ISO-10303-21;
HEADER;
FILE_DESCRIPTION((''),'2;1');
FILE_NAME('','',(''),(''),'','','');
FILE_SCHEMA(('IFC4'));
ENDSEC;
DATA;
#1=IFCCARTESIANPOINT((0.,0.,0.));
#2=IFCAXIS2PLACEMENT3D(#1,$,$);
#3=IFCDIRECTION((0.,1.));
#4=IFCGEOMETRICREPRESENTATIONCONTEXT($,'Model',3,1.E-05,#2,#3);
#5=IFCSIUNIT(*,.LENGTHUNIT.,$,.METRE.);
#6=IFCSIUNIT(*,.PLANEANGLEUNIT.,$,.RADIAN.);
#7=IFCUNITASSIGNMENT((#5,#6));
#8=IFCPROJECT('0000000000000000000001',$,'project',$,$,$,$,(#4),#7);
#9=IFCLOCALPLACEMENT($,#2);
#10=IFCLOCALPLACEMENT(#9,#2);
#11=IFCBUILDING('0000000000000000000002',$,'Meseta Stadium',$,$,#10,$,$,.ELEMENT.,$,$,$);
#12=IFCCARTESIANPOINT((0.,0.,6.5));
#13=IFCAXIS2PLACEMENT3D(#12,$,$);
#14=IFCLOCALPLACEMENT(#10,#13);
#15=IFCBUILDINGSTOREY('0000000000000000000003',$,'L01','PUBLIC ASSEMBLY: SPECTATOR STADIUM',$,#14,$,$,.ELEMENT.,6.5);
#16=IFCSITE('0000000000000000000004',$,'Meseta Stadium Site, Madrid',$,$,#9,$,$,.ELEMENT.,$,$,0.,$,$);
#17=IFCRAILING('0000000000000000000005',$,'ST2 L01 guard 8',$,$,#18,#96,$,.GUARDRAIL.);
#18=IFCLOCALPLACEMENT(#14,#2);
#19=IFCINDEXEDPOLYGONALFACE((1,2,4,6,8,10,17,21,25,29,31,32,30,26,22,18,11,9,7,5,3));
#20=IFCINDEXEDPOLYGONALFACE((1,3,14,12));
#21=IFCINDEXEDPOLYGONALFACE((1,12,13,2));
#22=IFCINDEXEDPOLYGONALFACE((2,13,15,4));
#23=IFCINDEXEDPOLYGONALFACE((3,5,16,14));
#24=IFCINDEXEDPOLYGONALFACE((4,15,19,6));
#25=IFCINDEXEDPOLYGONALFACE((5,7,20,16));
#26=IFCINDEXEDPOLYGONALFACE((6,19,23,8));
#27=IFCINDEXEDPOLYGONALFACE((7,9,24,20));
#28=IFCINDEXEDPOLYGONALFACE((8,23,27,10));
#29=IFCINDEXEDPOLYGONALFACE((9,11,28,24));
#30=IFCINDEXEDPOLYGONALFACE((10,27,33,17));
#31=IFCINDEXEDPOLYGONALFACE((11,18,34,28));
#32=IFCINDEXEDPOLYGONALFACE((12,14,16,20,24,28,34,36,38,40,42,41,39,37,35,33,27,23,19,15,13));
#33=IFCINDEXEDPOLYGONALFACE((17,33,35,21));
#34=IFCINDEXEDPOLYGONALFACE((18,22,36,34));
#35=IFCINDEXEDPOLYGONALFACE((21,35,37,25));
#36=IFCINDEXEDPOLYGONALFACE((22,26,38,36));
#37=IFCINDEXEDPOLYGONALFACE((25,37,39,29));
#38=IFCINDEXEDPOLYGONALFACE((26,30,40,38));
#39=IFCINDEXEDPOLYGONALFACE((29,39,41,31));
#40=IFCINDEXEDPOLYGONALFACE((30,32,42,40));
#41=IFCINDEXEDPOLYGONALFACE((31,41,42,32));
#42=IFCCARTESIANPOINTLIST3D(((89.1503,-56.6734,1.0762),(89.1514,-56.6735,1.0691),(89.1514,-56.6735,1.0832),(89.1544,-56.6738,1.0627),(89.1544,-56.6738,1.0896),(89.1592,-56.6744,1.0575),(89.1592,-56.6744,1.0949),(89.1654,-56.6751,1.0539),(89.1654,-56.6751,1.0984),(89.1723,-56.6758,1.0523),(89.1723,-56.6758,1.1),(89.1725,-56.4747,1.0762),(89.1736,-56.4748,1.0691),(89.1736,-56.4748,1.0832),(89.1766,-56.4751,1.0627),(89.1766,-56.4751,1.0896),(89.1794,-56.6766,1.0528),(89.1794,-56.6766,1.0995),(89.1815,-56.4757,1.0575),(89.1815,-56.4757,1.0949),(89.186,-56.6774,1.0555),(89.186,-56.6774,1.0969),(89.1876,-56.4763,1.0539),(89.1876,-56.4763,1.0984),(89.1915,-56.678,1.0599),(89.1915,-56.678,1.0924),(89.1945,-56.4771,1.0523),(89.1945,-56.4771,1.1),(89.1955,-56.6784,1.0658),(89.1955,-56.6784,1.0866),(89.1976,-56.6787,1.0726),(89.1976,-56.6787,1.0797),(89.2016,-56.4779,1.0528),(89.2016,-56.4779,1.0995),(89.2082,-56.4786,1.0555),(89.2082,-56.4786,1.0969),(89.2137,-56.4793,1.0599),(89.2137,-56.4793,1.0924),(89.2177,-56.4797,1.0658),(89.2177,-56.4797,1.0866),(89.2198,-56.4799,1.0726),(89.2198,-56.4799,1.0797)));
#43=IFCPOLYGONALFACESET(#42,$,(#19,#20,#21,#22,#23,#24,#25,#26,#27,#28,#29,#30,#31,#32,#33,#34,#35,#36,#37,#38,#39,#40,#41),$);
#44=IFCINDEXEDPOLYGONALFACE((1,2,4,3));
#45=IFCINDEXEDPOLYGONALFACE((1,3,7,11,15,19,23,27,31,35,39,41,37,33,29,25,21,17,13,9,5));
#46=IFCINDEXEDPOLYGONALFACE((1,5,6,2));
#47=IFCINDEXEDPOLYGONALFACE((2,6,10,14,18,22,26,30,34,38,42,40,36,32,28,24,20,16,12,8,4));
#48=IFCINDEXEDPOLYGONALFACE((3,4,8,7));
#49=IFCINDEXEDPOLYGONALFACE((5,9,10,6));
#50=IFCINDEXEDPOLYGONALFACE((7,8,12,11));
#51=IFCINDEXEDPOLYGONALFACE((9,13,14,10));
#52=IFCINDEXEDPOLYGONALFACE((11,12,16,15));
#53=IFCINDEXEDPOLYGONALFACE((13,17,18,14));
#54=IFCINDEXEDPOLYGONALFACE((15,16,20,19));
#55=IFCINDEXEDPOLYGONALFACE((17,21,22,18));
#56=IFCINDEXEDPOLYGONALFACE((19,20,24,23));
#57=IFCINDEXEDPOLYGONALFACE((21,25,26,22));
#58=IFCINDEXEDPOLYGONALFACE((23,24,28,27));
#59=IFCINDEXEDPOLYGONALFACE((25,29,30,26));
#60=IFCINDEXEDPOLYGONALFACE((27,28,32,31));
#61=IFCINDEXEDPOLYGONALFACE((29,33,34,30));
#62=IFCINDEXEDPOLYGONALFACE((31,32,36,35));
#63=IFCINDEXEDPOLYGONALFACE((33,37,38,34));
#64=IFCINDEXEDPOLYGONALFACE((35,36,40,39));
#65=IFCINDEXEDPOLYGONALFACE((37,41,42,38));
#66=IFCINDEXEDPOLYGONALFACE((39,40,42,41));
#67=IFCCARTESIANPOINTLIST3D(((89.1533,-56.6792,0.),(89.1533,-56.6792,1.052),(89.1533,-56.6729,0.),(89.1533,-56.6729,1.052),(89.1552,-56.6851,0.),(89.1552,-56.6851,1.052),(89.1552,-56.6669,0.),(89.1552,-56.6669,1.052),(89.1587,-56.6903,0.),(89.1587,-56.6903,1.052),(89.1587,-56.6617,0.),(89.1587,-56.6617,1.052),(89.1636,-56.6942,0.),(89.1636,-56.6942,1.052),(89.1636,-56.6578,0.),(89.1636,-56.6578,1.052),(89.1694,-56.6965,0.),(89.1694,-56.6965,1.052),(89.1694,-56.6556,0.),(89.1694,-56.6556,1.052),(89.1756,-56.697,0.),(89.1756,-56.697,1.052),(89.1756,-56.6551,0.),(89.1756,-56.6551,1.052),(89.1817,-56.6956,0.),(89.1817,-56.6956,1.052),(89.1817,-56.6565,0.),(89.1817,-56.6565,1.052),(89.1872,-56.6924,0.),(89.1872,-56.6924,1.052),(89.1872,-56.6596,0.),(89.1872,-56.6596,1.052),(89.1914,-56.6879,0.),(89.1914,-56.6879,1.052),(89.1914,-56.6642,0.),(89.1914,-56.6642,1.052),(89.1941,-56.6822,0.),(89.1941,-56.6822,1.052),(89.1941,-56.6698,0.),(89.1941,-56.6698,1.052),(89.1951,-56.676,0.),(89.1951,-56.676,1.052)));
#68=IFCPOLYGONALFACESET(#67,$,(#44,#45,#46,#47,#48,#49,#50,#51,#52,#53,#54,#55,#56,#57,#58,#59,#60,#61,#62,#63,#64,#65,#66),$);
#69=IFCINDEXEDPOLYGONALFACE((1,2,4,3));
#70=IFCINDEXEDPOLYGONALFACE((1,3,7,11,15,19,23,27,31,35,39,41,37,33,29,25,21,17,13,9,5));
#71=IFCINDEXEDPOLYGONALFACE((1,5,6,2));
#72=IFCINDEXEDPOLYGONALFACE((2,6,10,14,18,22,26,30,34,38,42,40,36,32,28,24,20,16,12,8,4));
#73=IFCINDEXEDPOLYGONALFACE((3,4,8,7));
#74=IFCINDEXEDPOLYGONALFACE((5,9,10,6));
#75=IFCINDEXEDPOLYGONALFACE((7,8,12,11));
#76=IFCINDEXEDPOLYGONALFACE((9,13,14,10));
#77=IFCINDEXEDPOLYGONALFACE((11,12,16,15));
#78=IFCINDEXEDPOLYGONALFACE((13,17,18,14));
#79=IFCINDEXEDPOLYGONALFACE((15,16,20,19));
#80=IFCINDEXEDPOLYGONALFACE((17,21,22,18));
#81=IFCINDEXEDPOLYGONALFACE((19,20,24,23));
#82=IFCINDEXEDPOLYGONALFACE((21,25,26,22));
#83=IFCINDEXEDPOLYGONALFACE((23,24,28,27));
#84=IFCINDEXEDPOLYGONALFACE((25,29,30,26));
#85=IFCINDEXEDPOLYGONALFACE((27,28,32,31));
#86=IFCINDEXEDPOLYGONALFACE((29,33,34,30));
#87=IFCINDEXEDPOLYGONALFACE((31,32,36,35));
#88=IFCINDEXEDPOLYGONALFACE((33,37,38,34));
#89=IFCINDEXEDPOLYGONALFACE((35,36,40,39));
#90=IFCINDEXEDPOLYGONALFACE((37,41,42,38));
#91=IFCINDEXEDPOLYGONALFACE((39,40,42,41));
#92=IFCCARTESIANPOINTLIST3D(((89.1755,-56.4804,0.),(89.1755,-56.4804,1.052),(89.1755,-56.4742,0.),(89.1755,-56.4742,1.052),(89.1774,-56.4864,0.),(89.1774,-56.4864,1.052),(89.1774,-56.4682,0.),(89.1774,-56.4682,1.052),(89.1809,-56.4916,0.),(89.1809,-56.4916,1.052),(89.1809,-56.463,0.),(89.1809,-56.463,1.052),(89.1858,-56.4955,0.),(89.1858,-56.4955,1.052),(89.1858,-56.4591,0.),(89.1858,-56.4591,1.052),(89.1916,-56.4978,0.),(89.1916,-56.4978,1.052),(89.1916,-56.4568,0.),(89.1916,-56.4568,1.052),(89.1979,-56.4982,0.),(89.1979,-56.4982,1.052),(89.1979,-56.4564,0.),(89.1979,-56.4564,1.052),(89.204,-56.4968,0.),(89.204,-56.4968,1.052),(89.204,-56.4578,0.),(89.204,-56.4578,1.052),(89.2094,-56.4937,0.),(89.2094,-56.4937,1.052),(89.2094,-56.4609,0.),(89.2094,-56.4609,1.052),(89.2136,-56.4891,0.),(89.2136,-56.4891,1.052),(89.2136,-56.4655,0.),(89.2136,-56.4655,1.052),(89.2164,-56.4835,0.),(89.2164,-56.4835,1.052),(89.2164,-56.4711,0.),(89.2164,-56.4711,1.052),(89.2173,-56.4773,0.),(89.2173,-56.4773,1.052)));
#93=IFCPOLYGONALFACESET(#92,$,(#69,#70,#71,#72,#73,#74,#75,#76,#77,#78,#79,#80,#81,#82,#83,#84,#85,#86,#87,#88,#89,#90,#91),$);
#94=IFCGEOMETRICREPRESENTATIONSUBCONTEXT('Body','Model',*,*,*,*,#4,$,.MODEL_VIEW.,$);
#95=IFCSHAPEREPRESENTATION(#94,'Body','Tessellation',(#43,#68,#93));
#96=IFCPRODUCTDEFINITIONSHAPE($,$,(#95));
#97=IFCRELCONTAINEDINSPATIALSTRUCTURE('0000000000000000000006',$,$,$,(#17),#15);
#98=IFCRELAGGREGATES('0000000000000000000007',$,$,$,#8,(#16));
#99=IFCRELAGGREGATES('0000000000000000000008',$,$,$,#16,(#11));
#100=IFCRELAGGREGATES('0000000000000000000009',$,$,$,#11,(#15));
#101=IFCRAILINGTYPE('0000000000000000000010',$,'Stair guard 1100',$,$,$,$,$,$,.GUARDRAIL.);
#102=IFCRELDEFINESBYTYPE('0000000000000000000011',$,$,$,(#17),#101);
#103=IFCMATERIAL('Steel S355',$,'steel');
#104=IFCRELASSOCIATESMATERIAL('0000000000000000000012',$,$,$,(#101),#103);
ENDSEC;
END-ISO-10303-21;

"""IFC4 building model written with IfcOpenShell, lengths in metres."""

from ifc_helpers import new_model, si_unit, direction, frame, origin, origin_2d, place, context, subcontext, project, spatial, circle, extrude, material, type_object, element, save


model = new_model("IFC4")

# Units and contexts
model_context = context("Model", 3, precision=1e-05, world=origin(), true_north=direction((0.0, 1.0)))
body_context = subcontext(model_context, "Body", "Model", "MODEL_VIEW")
ifc_project = project(units=[si_unit("LENGTHUNIT", "METRE"), si_unit("PLANEANGLEUNIT", "RADIAN")], contexts=[model_context])

# Site, building, storey
site_placement = place(None, origin())
site = spatial("IfcSite", under=ifc_project, at=site_placement, Name="Meseta Stadium Site, Madrid", CompositionType="ELEMENT", RefElevation=0.0)
building_placement = place(site_placement, origin())
building = spatial("IfcBuilding", under=site, at=building_placement, Name="Meseta Stadium", CompositionType="ELEMENT")
storey_placement = place(building_placement, frame((0.0, 0.0, 6.5)))
storey = spatial("IfcBuildingStorey", under=building, at=storey_placement, Name="L01", Description="PUBLIC ASSEMBLY: SPECTATOR STADIUM", CompositionType="ELEMENT", Elevation=6.5)

# Railing
ifc_material_1 = material(Name="Steel S355", Category="steel")
railing_type_1 = type_object("IfcRailingType", Name="Stair guard 1100", PredefinedType="GUARDRAIL", material=ifc_material_1)
railing_1_placement = place(storey_placement, frame((89.1741, -56.676, 0.0)))
element("IfcRailing", 1, at=railing_1_placement, inside=storey, type_object=railing_type_1, Name="ST2 L01 guard 8", PredefinedType="GUARDRAIL", context=body_context, shape_type="SweptSolid", body=[
    extrude(circle(Radius=0.0239, at=origin_2d()), frame((0.0, 0.0, 1.0762), z_axis=(0.111102, 0.993809, 0.0), x_axis=(-0.993809, 0.111102, 0.0)), (0.0, 0.0, 1.0), 0.2),
    extrude(circle(Radius=0.021, at=origin_2d()), origin(), (0.0, 0.0, 1.0), 1.052),
    extrude(circle(Radius=0.021, at=origin_2d()), frame((0.0222, 0.1987, 0.0)), (0.0, 0.0, 1.0), 1.052),
])

save(model, "model.ifc")
